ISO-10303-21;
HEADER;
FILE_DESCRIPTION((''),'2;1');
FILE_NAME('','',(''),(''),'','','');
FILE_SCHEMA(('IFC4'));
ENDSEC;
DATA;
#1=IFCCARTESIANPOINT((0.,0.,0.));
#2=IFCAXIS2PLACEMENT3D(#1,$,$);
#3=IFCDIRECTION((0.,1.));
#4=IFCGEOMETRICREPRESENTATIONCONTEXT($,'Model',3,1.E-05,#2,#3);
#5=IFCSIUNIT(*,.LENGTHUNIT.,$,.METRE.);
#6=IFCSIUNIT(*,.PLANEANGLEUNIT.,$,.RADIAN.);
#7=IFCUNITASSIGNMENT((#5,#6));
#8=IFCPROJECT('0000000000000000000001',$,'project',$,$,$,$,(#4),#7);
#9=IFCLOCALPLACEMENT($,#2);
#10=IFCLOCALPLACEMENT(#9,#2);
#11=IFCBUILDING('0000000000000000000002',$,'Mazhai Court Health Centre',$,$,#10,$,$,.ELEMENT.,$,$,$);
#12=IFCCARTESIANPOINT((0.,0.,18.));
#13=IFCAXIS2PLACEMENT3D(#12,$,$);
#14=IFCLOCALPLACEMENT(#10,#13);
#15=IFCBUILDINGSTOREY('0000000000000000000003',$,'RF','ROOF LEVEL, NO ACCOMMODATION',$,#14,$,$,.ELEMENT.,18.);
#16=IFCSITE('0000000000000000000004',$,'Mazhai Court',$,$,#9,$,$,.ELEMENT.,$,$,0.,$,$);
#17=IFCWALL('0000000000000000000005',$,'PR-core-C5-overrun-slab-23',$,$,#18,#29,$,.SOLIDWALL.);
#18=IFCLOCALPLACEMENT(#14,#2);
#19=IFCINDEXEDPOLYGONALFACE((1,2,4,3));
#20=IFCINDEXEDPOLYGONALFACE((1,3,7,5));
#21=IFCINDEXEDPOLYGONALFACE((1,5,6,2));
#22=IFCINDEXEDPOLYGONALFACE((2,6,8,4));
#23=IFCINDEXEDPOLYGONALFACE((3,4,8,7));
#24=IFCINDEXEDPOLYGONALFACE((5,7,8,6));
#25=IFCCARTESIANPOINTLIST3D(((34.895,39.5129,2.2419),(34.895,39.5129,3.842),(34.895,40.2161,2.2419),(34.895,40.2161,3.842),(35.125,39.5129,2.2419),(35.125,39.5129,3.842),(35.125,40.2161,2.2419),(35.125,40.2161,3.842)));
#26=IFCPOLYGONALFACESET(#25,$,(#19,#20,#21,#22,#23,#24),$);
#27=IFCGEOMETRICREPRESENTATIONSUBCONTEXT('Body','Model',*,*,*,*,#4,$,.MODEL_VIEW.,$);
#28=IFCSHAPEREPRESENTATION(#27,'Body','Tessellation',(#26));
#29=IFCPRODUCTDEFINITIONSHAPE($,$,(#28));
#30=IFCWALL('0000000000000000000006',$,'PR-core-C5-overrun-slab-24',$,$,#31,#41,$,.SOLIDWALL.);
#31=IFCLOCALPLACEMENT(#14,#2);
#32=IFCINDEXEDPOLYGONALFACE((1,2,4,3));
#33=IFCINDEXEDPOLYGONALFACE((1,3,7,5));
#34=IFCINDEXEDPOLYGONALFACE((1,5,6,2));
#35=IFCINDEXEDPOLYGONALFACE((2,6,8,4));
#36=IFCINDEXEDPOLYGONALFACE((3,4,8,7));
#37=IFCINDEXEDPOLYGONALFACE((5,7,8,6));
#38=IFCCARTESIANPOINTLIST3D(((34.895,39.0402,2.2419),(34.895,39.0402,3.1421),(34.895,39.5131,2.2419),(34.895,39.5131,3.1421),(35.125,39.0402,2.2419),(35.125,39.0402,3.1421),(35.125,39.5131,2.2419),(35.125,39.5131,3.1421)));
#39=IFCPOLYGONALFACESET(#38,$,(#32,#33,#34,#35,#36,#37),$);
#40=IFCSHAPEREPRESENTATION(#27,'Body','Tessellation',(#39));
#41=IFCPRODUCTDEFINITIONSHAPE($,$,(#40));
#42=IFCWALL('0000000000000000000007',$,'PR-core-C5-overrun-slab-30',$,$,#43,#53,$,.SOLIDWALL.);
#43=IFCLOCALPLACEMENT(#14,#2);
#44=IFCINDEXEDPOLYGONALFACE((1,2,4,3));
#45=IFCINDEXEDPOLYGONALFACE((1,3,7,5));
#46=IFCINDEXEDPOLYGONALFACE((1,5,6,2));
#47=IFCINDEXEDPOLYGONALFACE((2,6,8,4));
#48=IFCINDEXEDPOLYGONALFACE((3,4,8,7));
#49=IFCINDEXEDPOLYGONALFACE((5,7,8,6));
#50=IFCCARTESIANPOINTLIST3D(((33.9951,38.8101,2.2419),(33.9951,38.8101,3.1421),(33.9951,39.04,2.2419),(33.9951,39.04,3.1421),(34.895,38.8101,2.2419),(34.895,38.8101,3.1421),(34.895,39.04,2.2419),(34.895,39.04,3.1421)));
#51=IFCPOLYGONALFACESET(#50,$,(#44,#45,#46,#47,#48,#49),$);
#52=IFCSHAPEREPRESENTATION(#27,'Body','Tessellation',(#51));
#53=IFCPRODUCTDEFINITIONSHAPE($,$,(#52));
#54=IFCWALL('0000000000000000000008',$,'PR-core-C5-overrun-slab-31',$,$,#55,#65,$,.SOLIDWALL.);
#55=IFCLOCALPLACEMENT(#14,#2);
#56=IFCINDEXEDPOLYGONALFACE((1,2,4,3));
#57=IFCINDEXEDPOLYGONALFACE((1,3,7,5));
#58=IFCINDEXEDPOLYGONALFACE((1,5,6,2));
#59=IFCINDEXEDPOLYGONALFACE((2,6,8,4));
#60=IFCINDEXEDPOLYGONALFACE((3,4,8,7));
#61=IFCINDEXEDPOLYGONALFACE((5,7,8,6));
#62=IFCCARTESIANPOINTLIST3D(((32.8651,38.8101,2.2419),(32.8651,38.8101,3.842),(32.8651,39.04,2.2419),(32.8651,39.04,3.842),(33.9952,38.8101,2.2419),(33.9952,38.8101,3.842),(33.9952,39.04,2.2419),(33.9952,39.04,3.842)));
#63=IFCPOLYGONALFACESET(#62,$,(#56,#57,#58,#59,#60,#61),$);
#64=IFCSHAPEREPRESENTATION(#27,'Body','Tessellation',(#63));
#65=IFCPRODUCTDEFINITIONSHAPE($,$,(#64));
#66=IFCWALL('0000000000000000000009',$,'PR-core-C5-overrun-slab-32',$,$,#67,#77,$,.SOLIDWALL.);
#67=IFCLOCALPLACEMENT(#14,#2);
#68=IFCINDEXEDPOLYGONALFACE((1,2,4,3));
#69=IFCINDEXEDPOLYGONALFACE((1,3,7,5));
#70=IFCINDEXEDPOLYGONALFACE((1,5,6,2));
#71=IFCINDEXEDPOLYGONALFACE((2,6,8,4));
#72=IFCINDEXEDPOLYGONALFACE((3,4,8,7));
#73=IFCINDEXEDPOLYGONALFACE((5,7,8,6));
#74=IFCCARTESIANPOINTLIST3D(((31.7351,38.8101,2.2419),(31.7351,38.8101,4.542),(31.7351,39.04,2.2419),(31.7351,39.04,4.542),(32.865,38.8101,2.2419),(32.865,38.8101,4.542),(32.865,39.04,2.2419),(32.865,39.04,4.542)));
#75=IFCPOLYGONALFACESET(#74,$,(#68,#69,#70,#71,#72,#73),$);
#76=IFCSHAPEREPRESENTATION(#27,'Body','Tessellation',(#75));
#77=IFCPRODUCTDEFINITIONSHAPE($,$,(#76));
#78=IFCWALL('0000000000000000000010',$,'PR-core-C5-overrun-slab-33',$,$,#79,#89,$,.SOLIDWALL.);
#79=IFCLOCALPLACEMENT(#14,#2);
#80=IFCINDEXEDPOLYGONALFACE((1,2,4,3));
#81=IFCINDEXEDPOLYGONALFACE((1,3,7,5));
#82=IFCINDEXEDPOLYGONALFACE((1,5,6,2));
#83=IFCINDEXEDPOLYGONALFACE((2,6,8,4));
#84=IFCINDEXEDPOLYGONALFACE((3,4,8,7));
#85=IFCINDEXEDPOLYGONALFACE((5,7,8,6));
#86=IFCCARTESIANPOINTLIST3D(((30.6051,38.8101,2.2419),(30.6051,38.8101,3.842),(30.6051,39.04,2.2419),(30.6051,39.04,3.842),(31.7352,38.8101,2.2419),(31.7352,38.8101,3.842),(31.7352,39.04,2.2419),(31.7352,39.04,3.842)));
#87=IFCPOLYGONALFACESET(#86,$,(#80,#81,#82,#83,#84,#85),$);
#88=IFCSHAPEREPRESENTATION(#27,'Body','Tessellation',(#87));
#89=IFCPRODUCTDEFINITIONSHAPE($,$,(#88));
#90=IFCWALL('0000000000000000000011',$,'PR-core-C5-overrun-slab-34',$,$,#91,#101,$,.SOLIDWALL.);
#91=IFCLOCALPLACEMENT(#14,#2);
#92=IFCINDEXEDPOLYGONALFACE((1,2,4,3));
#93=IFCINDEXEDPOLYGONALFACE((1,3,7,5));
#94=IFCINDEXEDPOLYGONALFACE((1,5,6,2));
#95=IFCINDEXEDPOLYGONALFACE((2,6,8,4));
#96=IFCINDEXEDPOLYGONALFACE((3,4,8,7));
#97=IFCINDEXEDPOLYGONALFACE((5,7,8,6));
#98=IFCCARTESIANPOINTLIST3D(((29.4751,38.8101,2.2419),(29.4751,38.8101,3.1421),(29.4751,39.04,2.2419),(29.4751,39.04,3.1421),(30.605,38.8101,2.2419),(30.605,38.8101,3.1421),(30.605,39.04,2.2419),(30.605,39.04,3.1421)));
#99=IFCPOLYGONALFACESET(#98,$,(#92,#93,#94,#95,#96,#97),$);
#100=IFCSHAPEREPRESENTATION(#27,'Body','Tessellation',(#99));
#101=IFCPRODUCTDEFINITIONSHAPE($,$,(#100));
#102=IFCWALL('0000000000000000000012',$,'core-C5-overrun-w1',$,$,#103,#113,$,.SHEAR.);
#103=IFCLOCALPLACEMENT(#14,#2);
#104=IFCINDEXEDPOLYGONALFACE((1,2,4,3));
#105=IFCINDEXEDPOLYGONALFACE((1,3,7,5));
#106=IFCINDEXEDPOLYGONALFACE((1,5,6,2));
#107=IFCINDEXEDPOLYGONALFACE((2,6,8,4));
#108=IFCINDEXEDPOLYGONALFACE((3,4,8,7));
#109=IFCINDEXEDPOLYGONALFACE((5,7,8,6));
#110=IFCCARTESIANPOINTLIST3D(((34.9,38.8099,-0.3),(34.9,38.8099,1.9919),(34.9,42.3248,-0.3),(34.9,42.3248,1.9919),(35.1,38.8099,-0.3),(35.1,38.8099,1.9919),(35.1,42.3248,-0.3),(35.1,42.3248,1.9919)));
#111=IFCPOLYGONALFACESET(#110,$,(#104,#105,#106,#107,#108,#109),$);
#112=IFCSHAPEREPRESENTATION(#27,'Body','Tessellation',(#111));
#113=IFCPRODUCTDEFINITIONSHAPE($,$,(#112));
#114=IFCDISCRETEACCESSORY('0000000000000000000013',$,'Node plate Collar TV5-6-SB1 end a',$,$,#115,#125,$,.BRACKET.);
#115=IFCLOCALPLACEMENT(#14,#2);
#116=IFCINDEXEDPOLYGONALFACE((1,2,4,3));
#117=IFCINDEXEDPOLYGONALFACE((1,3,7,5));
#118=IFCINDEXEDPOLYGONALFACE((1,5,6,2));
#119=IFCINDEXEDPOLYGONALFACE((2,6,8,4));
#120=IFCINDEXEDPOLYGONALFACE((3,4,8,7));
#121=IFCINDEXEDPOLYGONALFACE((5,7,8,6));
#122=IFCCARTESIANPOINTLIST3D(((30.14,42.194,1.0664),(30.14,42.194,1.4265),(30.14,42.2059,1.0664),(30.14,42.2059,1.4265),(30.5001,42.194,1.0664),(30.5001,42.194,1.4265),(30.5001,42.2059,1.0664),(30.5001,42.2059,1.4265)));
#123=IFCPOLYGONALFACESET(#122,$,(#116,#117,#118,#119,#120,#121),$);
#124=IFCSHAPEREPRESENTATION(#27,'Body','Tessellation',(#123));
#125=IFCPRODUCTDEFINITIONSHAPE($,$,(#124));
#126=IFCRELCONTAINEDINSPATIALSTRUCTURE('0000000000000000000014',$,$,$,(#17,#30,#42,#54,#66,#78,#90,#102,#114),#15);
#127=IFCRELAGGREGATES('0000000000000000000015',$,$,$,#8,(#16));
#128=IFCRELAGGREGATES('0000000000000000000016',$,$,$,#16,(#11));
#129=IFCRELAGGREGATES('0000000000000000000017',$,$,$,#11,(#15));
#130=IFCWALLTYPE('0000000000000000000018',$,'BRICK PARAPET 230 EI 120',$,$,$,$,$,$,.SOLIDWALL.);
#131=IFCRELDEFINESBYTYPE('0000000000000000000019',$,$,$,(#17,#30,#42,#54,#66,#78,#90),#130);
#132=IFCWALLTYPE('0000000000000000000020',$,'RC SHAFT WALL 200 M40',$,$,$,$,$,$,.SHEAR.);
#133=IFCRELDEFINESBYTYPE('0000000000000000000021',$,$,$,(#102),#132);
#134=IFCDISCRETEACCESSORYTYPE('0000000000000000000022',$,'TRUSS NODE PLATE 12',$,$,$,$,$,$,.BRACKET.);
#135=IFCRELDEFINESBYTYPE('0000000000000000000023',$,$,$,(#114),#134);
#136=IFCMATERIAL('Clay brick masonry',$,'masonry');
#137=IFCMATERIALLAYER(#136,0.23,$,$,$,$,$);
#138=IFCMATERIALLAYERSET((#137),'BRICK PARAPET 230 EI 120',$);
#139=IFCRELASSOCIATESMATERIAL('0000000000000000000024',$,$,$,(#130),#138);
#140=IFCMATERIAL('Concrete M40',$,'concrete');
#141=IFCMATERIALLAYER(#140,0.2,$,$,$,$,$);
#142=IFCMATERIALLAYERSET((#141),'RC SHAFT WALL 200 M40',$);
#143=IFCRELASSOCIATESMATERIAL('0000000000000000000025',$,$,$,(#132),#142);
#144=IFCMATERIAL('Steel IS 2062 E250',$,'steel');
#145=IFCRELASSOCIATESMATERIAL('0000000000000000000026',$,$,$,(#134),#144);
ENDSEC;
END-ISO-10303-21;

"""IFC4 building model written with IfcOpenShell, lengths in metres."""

from ifc_helpers import new_model, si_unit, direction, frame, frame_2d, origin, origin_2d, place, context, subcontext, project, spatial, rectangle, extrude, material, layer, layer_set, type_object, element, save


model = new_model("IFC4")

# Units and contexts
model_context = context("Model", 3, precision=1e-05, world=origin(), true_north=direction((0.0, 1.0)))
body_context = subcontext(model_context, "Body", "Model", "MODEL_VIEW")
ifc_project = project(units=[si_unit("LENGTHUNIT", "METRE"), si_unit("PLANEANGLEUNIT", "RADIAN")], contexts=[model_context])

# Site, building, storey
site_placement = place(None, origin())
site = spatial("IfcSite", under=ifc_project, at=site_placement, Name="Mazhai Court", CompositionType="ELEMENT", RefElevation=0.0)
building_placement = place(site_placement, origin())
building = spatial("IfcBuilding", under=site, at=building_placement, Name="Mazhai Court Health Centre", CompositionType="ELEMENT")
storey_placement = place(building_placement, frame((0.0, 0.0, 18.0)))
storey = spatial("IfcBuildingStorey", under=building, at=storey_placement, Name="RF", Description="ROOF LEVEL, NO ACCOMMODATION", CompositionType="ELEMENT", Elevation=18.0)

# Walls
ifc_material_1 = material(Name="Clay brick masonry", Category="masonry")
ifc_layer_1 = layer(ifc_material_1, 0.23)
ifc_layer_set_1 = layer_set([ifc_layer_1], Name="BRICK PARAPET 230 EI 120")
wall_type_1 = type_object("IfcWallType", Name="BRICK PARAPET 230 EI 120", PredefinedType="SOLIDWALL", material=ifc_layer_set_1)
wall_1_placement = place(storey_placement, frame((35.01, 40.2161, 2.2419), z_axis=(0.0, 0.0, 1.0), x_axis=(0.0, -1.0, 0.0)))
element("IfcWall", 1, at=wall_1_placement, inside=storey, type_object=wall_type_1, Name="PR-core-C5-overrun-slab-23", PredefinedType="SOLIDWALL", context=body_context, shape_type="SweptSolid", body=[
    extrude(rectangle(XDim=0.7031, YDim=0.23, at=frame_2d((0.3516, 0.0))), origin(), (0.0, 0.0, 1.0), 1.6001),
])
wall_2_placement = place(storey_placement, frame((35.01, 39.5129, 2.2419), z_axis=(0.0, 0.0, 1.0), x_axis=(0.0, -1.0, 0.0)))
element("IfcWall", 2, at=wall_2_placement, inside=storey, type_object=wall_type_1, Name="PR-core-C5-overrun-slab-24", PredefinedType="SOLIDWALL", context=body_context, shape_type="SweptSolid", body=[
    extrude(rectangle(XDim=0.4729, YDim=0.23, at=frame_2d((0.2363, 0.0))), origin(), (0.0, 0.0, 1.0), 0.9001),
])
wall_3_placement = place(storey_placement, frame((34.895, 38.925, 2.2419), z_axis=(0.0, 0.0, 1.0), x_axis=(-1.0, 0.0, 0.0)))
element("IfcWall", 3, at=wall_3_placement, inside=storey, type_object=wall_type_1, Name="PR-core-C5-overrun-slab-30", PredefinedType="SOLIDWALL", context=body_context, shape_type="SweptSolid", body=[
    extrude(rectangle(XDim=0.8999, YDim=0.23, at=frame_2d((0.45, 0.0))), origin(), (0.0, 0.0, 1.0), 0.9001),
])
wall_4_placement = place(storey_placement, frame((33.9951, 38.925, 2.2419), z_axis=(0.0, 0.0, 1.0), x_axis=(-1.0, 0.0, 0.0)))
element("IfcWall", 4, at=wall_4_placement, inside=storey, type_object=wall_type_1, Name="PR-core-C5-overrun-slab-31", PredefinedType="SOLIDWALL", context=body_context, shape_type="SweptSolid", body=[
    extrude(rectangle(XDim=1.1301, YDim=0.23, at=frame_2d((0.5649, 0.0))), origin(), (0.0, 0.0, 1.0), 1.6001),
])
wall_5_placement = place(storey_placement, frame((32.865, 38.925, 2.2419), z_axis=(0.0, 0.0, 1.0), x_axis=(-1.0, 0.0, 0.0)))
element("IfcWall", 5, at=wall_5_placement, inside=storey, type_object=wall_type_1, Name="PR-core-C5-overrun-slab-32", PredefinedType="SOLIDWALL", context=body_context, shape_type="SweptSolid", body=[
    extrude(rectangle(XDim=1.1299, YDim=0.23, at=frame_2d((0.5649, 0.0))), origin(), (0.0, 0.0, 1.0), 2.3),
])
wall_6_placement = place(storey_placement, frame((31.7351, 38.925, 2.2419), z_axis=(0.0, 0.0, 1.0), x_axis=(-1.0, 0.0, 0.0)))
element("IfcWall", 6, at=wall_6_placement, inside=storey, type_object=wall_type_1, Name="PR-core-C5-overrun-slab-33", PredefinedType="SOLIDWALL", context=body_context, shape_type="SweptSolid", body=[
    extrude(rectangle(XDim=1.1301, YDim=0.23, at=frame_2d((0.5649, 0.0))), origin(), (0.0, 0.0, 1.0), 1.6001),
])
wall_7_placement = place(storey_placement, frame((30.605, 38.925, 2.2419), z_axis=(0.0, 0.0, 1.0), x_axis=(-1.0, 0.0, 0.0)))
element("IfcWall", 7, at=wall_7_placement, inside=storey, type_object=wall_type_1, Name="PR-core-C5-overrun-slab-34", PredefinedType="SOLIDWALL", context=body_context, shape_type="SweptSolid", body=[
    extrude(rectangle(XDim=1.1299, YDim=0.23, at=frame_2d((0.5649, 0.0))), origin(), (0.0, 0.0, 1.0), 0.9001),
])
ifc_material_2 = material(Name="Concrete M40", Category="concrete")
ifc_layer_2 = layer(ifc_material_2, 0.2)
ifc_layer_set_2 = layer_set([ifc_layer_2], Name="RC SHAFT WALL 200 M40")
wall_type_2 = type_object("IfcWallType", Name="RC SHAFT WALL 200 M40", PredefinedType="SHEAR", material=ifc_layer_set_2)
wall_8_placement = place(storey_placement, frame((35.0, 38.8101, -0.3), z_axis=(0.0, 0.0, 1.0), x_axis=(0.0, 1.0, 0.0)))
element("IfcWall", 8, at=wall_8_placement, inside=storey, type_object=wall_type_2, Name="core-C5-overrun-w1", PredefinedType="SHEAR", context=body_context, shape_type="SweptSolid", body=[
    extrude(rectangle(XDim=3.5149, YDim=0.2, at=frame_2d((1.7573, 0.0))), origin(), (0.0, 0.0, 1.0), 2.292),
])

# Discrete accessory
ifc_material_3 = material(Name="Steel IS 2062 E250", Category="steel")
discrete_accessory_type = type_object("IfcDiscreteAccessoryType", Name="TRUSS NODE PLATE 12", PredefinedType="BRACKET", material=ifc_material_3)
discrete_accessory_placement = place(storey_placement, frame((30.3201, 42.2, 1.0664), z_axis=(0.0, 0.0, 1.0), x_axis=(1.0, 0.0, 0.0)))
element("IfcDiscreteAccessory", 9, at=discrete_accessory_placement, inside=storey, type_object=discrete_accessory_type, Name="Node plate Collar TV5-6-SB1 end a", PredefinedType="BRACKET", context=body_context, shape_type="SweptSolid", body=[
    extrude(rectangle(XDim=0.3601, YDim=0.012, at=origin_2d()), origin(), (0.0, 0.0, 1.0), 0.3601),
])

save(model, "model.ifc")
